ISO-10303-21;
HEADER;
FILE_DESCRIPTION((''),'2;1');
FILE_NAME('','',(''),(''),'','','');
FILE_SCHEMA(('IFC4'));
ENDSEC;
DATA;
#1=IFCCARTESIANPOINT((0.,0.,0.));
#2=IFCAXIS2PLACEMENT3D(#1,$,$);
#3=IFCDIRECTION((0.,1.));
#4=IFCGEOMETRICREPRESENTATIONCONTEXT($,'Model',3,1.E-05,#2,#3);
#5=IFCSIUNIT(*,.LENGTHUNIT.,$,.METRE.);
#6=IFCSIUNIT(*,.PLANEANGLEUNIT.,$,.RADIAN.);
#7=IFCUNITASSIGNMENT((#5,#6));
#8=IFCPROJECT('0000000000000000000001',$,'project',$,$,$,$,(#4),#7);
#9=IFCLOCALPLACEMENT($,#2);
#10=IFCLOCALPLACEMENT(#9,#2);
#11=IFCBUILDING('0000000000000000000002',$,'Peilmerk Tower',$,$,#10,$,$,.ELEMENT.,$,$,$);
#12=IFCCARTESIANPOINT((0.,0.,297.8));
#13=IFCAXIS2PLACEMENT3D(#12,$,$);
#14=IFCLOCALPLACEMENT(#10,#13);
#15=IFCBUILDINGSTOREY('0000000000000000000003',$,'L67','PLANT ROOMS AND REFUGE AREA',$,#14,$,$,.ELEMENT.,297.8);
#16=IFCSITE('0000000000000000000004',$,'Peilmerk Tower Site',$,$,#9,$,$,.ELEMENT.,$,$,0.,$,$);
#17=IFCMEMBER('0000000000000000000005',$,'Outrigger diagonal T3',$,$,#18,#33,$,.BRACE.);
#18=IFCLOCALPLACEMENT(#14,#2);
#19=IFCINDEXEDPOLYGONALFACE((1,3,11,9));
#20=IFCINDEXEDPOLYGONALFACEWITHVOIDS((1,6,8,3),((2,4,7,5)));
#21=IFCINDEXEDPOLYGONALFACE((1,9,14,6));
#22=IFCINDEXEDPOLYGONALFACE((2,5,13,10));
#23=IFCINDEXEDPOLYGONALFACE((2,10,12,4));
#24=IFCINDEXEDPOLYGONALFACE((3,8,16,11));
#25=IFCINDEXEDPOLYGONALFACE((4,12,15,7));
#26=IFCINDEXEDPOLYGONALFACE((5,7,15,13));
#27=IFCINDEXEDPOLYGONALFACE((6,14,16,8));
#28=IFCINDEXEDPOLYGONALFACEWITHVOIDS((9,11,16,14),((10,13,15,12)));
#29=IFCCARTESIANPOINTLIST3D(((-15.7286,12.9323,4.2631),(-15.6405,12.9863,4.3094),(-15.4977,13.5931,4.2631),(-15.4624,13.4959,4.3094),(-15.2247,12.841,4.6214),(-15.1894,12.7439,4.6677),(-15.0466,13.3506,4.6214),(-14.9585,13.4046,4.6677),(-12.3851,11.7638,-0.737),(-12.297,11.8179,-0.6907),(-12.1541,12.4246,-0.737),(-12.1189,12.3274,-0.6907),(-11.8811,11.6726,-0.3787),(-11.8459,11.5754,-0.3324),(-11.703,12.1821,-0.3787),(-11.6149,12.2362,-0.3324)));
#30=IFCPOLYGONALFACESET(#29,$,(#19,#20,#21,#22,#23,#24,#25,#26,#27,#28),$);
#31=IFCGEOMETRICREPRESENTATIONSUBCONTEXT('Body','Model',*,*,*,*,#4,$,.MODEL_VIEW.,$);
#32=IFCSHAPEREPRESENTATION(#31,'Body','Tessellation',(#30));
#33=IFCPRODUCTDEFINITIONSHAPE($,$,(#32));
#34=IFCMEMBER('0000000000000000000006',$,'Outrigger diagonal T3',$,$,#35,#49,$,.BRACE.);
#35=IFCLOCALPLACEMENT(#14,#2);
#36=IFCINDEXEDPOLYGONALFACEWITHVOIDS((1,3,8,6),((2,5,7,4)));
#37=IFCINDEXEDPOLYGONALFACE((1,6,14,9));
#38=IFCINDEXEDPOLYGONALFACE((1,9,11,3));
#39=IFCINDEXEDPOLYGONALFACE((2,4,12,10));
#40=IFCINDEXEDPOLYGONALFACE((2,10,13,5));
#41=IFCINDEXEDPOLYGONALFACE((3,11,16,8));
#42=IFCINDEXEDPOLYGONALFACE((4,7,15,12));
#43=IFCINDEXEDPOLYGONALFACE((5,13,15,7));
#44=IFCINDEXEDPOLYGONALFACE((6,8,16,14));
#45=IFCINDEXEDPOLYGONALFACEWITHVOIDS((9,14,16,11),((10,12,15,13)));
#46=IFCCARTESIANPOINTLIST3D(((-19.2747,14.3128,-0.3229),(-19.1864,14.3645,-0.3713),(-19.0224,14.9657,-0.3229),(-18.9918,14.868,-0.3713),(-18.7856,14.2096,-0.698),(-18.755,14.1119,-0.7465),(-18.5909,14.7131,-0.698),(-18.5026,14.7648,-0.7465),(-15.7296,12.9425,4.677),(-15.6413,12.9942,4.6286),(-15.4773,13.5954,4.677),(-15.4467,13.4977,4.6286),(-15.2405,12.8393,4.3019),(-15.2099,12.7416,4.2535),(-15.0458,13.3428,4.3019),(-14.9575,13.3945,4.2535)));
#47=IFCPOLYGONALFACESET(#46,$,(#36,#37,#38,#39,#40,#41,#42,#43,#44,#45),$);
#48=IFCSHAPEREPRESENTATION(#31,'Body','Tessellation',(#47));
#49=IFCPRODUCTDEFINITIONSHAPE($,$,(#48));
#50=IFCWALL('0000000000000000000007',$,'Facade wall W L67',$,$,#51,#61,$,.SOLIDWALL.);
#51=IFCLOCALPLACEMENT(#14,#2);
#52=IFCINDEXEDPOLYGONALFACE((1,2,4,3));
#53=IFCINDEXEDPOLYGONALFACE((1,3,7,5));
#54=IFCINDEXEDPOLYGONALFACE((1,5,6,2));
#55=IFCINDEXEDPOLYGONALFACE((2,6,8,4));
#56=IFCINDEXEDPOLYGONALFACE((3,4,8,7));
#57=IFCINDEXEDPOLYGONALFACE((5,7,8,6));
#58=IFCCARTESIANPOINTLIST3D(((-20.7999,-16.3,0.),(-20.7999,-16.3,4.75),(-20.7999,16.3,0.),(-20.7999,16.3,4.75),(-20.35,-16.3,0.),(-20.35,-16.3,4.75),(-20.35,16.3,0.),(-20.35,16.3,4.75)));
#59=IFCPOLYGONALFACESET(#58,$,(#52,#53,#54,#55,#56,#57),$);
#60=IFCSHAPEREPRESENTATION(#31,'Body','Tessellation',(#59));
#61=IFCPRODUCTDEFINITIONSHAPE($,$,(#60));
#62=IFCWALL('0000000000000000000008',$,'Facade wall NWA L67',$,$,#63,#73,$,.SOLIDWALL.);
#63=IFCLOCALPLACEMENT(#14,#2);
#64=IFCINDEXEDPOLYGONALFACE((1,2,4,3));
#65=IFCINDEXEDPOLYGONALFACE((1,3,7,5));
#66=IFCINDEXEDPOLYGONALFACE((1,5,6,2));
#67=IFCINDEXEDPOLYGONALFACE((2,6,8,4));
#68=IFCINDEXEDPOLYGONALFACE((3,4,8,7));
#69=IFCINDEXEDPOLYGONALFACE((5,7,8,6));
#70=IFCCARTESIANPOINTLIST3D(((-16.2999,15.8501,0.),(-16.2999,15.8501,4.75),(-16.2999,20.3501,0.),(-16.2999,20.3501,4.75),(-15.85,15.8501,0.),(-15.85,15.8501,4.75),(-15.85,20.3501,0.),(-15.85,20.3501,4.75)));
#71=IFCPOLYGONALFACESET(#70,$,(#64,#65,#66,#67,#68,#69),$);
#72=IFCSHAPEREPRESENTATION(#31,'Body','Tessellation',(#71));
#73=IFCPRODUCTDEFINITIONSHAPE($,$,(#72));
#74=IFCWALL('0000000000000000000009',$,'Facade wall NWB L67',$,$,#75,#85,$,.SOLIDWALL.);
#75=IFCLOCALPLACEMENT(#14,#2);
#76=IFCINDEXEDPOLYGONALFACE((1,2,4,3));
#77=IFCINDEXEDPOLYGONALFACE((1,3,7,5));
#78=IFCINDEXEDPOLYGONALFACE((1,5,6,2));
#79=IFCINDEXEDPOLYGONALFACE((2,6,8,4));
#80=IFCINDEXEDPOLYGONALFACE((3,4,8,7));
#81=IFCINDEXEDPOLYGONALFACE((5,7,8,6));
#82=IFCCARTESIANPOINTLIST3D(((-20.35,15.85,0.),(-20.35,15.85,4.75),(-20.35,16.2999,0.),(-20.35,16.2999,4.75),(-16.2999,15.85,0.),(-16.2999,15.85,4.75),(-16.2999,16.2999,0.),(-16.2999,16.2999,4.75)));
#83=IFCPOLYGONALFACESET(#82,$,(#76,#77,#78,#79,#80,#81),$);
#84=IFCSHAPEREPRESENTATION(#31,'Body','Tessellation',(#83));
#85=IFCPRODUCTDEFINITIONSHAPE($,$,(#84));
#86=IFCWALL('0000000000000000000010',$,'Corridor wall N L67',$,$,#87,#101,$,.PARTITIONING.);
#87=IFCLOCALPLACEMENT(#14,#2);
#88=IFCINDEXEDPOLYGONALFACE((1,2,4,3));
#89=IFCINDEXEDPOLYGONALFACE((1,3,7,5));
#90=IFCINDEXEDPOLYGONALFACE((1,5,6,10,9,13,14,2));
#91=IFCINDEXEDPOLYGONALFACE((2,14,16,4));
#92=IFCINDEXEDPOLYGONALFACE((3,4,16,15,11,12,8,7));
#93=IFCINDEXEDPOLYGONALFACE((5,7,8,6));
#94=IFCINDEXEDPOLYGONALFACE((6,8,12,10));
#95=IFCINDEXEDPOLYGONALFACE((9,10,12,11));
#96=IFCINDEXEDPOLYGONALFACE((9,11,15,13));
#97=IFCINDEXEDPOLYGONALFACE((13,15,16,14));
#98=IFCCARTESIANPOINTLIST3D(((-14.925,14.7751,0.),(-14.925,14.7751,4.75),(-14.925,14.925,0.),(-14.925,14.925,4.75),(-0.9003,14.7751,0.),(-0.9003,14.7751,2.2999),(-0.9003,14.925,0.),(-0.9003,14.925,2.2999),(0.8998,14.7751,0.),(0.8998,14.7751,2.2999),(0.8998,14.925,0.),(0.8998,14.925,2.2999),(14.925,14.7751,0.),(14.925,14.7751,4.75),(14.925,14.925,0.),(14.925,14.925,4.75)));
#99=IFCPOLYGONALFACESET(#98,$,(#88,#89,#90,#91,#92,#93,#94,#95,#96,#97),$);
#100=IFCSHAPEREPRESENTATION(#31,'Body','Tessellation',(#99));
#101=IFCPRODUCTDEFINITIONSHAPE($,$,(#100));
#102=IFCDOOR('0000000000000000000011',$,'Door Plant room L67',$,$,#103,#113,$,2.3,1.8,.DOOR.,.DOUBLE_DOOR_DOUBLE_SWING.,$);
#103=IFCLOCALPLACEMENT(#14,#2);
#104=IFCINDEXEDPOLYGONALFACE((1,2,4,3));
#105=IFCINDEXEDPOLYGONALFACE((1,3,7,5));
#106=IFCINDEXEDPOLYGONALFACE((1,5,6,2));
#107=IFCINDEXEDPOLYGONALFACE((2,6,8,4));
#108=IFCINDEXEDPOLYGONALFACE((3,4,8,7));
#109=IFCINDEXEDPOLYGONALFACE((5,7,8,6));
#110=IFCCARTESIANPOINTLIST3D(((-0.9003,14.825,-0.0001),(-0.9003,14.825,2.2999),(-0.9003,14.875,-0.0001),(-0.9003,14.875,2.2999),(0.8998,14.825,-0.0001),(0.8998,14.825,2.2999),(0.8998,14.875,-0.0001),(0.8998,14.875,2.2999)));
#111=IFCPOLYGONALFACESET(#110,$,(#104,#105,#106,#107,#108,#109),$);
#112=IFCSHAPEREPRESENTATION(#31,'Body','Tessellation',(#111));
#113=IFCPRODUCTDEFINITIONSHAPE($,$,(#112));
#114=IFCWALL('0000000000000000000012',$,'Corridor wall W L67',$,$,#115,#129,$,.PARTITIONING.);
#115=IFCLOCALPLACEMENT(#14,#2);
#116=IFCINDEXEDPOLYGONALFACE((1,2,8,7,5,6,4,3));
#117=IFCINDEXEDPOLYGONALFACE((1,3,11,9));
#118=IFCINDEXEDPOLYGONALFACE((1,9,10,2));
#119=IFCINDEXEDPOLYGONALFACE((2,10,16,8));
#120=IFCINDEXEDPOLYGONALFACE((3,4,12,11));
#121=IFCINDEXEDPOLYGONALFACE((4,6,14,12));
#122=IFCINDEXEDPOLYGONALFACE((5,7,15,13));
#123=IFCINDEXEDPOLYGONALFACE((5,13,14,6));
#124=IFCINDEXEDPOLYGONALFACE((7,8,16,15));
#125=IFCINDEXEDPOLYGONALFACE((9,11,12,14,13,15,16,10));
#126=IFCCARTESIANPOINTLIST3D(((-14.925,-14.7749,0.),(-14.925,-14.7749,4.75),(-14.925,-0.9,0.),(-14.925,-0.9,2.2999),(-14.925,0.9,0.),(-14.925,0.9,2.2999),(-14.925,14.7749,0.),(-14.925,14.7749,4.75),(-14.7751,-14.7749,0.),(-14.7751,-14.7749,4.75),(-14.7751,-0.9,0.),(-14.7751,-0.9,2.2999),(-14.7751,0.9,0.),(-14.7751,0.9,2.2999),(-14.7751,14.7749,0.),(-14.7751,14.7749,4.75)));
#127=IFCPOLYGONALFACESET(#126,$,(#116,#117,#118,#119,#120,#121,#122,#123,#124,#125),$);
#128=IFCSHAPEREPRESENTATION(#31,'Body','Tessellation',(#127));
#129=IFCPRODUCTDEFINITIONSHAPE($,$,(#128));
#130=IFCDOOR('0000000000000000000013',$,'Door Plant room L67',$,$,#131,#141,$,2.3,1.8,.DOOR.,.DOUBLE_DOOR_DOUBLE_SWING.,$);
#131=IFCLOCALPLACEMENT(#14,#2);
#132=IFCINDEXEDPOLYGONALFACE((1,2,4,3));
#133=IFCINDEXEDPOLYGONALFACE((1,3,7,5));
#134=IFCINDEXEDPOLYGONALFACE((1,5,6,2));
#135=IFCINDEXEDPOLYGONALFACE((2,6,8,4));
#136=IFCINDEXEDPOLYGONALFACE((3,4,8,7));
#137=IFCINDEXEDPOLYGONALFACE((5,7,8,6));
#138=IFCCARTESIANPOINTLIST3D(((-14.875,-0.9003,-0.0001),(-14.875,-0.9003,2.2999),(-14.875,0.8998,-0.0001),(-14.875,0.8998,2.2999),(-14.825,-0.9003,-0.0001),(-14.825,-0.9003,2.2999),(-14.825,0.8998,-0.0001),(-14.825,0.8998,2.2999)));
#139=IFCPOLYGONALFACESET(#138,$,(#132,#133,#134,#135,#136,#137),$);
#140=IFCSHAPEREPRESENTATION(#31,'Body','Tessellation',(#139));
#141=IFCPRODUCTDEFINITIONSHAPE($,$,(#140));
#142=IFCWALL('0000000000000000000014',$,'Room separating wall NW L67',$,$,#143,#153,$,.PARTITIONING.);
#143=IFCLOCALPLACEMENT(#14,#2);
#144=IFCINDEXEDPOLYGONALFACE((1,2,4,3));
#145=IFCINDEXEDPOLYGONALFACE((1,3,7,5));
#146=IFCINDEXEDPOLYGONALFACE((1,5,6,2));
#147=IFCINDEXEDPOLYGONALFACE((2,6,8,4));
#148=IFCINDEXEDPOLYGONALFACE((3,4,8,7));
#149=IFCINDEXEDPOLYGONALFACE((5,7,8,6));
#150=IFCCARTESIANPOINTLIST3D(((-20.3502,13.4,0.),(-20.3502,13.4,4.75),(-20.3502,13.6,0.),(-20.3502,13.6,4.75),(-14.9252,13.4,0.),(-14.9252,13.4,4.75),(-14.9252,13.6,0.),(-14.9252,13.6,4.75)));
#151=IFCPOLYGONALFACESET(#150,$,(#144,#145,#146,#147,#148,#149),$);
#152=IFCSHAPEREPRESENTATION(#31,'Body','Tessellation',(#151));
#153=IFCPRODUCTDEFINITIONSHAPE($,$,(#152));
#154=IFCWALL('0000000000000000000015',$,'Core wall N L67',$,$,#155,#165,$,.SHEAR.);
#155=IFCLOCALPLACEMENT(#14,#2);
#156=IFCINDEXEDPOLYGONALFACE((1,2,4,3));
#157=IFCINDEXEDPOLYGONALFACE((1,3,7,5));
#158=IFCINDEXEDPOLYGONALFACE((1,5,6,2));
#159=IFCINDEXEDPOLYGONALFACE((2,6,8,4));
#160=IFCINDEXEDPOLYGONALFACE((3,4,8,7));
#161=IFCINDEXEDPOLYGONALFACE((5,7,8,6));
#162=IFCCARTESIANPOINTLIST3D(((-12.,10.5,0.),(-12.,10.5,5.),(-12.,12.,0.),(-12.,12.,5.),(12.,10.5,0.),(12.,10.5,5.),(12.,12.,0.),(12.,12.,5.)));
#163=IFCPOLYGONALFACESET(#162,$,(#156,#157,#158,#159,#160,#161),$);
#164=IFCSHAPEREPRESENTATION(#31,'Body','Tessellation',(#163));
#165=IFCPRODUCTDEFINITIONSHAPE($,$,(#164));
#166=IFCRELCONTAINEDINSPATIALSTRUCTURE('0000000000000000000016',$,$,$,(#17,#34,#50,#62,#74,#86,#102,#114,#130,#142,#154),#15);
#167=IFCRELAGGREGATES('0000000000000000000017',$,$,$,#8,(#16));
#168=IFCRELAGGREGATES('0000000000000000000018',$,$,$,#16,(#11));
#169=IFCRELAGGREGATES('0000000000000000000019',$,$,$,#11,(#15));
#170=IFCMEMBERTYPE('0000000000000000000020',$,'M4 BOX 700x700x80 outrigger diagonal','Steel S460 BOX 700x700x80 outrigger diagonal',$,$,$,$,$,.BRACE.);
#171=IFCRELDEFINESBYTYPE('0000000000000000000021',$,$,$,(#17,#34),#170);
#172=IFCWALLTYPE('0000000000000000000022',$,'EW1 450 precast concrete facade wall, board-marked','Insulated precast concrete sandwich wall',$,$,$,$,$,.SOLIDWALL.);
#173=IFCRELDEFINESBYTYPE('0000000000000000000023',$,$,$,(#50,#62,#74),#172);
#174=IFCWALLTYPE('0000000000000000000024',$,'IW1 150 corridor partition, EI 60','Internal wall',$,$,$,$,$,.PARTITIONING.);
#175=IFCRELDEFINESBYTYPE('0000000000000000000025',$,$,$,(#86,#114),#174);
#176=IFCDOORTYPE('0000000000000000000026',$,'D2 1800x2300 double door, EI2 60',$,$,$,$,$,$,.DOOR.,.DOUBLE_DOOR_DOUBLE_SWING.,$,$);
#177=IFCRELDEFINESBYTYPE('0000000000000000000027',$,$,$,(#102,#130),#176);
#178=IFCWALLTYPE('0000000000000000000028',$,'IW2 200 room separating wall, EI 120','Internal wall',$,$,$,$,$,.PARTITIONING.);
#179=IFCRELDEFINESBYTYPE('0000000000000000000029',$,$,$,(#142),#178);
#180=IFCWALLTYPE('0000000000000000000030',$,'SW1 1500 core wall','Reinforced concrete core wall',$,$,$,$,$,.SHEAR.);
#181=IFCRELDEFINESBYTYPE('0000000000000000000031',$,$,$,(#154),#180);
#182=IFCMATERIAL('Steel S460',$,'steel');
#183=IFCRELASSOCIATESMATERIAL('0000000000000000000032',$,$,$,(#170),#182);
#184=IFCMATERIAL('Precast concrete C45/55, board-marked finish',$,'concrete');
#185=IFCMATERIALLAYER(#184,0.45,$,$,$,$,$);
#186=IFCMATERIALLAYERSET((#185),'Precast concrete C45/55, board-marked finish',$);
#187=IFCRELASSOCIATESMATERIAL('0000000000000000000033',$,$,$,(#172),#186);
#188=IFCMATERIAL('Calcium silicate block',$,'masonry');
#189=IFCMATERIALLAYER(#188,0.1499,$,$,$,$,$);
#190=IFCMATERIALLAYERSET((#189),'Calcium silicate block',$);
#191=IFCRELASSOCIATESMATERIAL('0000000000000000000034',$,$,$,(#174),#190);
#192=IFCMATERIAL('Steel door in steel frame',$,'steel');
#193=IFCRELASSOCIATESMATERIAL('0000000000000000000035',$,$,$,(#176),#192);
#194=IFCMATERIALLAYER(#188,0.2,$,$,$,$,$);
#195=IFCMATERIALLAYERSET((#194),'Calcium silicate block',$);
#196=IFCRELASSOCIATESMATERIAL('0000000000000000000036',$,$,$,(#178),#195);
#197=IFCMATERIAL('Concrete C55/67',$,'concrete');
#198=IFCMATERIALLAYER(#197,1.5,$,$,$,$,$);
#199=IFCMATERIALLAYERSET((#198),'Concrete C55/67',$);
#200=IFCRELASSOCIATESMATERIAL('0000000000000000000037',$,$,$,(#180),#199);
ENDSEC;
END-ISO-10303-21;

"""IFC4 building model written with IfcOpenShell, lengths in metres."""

from ifc_helpers import new_model, si_unit, direction, frame, frame_2d, origin, origin_2d, place, context, subcontext, project, spatial, rectangle, hollow_rectangle, extrude, material, layer, layer_set, material_profile, profile_set, type_object, element, fill, save


model = new_model("IFC4")

# Units and contexts
model_context = context("Model", 3, precision=1e-05, world=origin(), true_north=direction((0.0, 1.0)))
body_context = subcontext(model_context, "Body", "Model", "MODEL_VIEW")
ifc_project = project(units=[si_unit("LENGTHUNIT", "METRE"), si_unit("PLANEANGLEUNIT", "RADIAN")], contexts=[model_context])

# Site, building, storey
site_placement = place(None, origin())
site = spatial("IfcSite", under=ifc_project, at=site_placement, Name="Peilmerk Tower Site", CompositionType="ELEMENT", RefElevation=0.0)
building_placement = place(site_placement, origin())
building = spatial("IfcBuilding", under=site, at=building_placement, Name="Peilmerk Tower", CompositionType="ELEMENT")
storey_placement = place(building_placement, frame((0.0, 0.0, 297.8)))
storey = spatial("IfcBuildingStorey", under=building, at=storey_placement, Name="L67", Description="PLANT ROOMS AND REFUGE AREA", CompositionType="ELEMENT", Elevation=297.8)

# Shared definitions
ifc_material_1 = material(Name="Steel S460", Category="steel")

# Members
ifc_material_profile_1 = material_profile(ifc_material_1, hollow_rectangle(XDim=0.7, YDim=0.7, WallThickness=0.0801, at=origin_2d()), Name="BOX 700x700x80")
ifc_profile_set_1 = profile_set([ifc_material_profile_1], Name="Steel S460")
member_type_1 = type_object("IfcMemberType", Name="M4 BOX 700x700x80 outrigger diagonal", Description="Steel S460 BOX 700x700x80 outrigger diagonal", PredefinedType="BRACE", material=ifc_profile_set_1)
member_1_placement = place(storey_placement, frame((-12.0, 12.0, -0.5347), z_axis=(-0.54567, 0.190696, 0.816014), x_axis=(-0.329905, -0.944014, 0.0)))
element("IfcMember", 1, at=member_1_placement, inside=storey, type_object=member_type_1, Name="Outrigger diagonal T3", PredefinedType="BRACE", context=body_context, shape_type="SweptSolid", body=[
    extrude(hollow_rectangle(XDim=0.7, YDim=0.7, WallThickness=0.0801, at=origin_2d()), origin(), (0.0, 0.0, 1.0), 6.1274),
])
member_2_placement = place(storey_placement, frame((-18.8887, 14.5388, -0.5347), z_axis=(0.564462, -0.218189, 0.796101), x_axis=(0.360545, 0.932742, 0.0)))
element("IfcMember", 2, at=member_2_placement, inside=storey, type_object=member_type_1, Name="Outrigger diagonal T3", PredefinedType="BRACE", context=body_context, shape_type="SweptSolid", body=[
    extrude(hollow_rectangle(XDim=0.7, YDim=0.7, WallThickness=0.0801, at=origin_2d()), origin(), (0.0, 0.0, 1.0), 6.2805),
])

# Walls
ifc_material_2 = material(Name="Precast concrete C45/55, board-marked finish", Category="concrete")
ifc_layer_1 = layer(ifc_material_2, 0.45)
ifc_layer_set_1 = layer_set([ifc_layer_1], Name="Precast concrete C45/55, board-marked finish")
wall_type_1 = type_object("IfcWallType", Name="EW1 450 precast concrete facade wall, board-marked", Description="Insulated precast concrete sandwich wall", PredefinedType="SOLIDWALL", material=ifc_layer_set_1)
wall_1_placement = place(storey_placement, frame((-20.575, 16.3, 0.0), z_axis=(0.0, 0.0, 1.0), x_axis=(0.0, -1.0, 0.0)))
element("IfcWall", 3, at=wall_1_placement, inside=storey, type_object=wall_type_1, Name="Facade wall W L67", PredefinedType="SOLIDWALL", context=body_context, shape_type="SweptSolid", body=[
    extrude(rectangle(XDim=32.6001, YDim=0.45, at=frame_2d((16.3, 0.0))), origin(), (0.0, 0.0, 1.0), 4.75),
])
wall_2_placement = place(storey_placement, frame((-16.075, 15.8501, 0.0), z_axis=(0.0, 0.0, 1.0), x_axis=(0.0, 1.0, 0.0)))
element("IfcWall", 4, at=wall_2_placement, inside=storey, type_object=wall_type_1, Name="Facade wall NWA L67", PredefinedType="SOLIDWALL", context=body_context, shape_type="SweptSolid", body=[
    extrude(rectangle(XDim=4.5, YDim=0.45, at=frame_2d((2.25, 0.0))), origin(), (0.0, 0.0, 1.0), 4.75),
])
wall_3_placement = place(storey_placement, frame((-16.3, 16.075, 0.0), z_axis=(0.0, 0.0, 1.0), x_axis=(-1.0, 0.0, 0.0)))
element("IfcWall", 5, at=wall_3_placement, inside=storey, type_object=wall_type_1, Name="Facade wall NWB L67", PredefinedType="SOLIDWALL", context=body_context, shape_type="SweptSolid", body=[
    extrude(rectangle(XDim=4.05, YDim=0.45, at=frame_2d((2.0249, 0.0))), origin(), (0.0, 0.0, 1.0), 4.75),
])

# Walls, openings, doors
ifc_material_3 = material(Name="Calcium silicate block", Category="masonry")
ifc_layer_2 = layer(ifc_material_3, 0.1499)
ifc_layer_set_2 = layer_set([ifc_layer_2], Name="Calcium silicate block")
wall_type_2 = type_object("IfcWallType", Name="IW1 150 corridor partition, EI 60", Description="Internal wall", PredefinedType="PARTITIONING", material=ifc_layer_set_2)
wall_4_placement = place(storey_placement, frame((-14.925, 14.8501, 0.0), z_axis=(0.0, 0.0, 1.0), x_axis=(1.0, 0.0, 0.0)))
wall_4 = element("IfcWall", 6, at=wall_4_placement, inside=storey, type_object=wall_type_2, Name="Corridor wall N L67", PredefinedType="PARTITIONING", context=body_context, shape_type="SweptSolid", body=[
    extrude(rectangle(XDim=29.8501, YDim=0.1499, at=frame_2d((14.925, 0.0))), origin(), (0.0, 0.0, 1.0), 4.75),
])
opening_1_placement = place(wall_4_placement, frame((14.0249, 0.0, 0.0)))
opening_1 = element("IfcOpeningElement", 7, at=opening_1_placement, cuts=wall_4, PredefinedType="OPENING", context=body_context, shape_type="SweptSolid", body=[
    extrude(rectangle(XDim=1.8, YDim=2.3, at=frame_2d((0.8999, 1.1499))), frame((0.0, 0.085, 0.0), z_axis=(0.0, -1.0, 0.0), x_axis=(1.0, 0.0, 0.0)), (0.0, 0.0, 1.0), 0.1699),
])
ifc_material_4 = material(Name="Steel door in steel frame", Category="steel")
door_type = type_object("IfcDoorType", Name="D2 1800x2300 double door, EI2 60", OperationType="DOUBLE_DOOR_DOUBLE_SWING", PredefinedType="DOOR", material=ifc_material_4)
door_1_placement = place(opening_1_placement, origin())
door_1 = element("IfcDoor", 8, at=door_1_placement, inside=storey, type_object=door_type, Name="Door Plant room L67", OperationType="DOUBLE_DOOR_DOUBLE_SWING", OverallHeight=2.3, OverallWidth=1.8, PredefinedType="DOOR", context=body_context, shape_type="SweptSolid", body=[
    extrude(rectangle(XDim=1.8, YDim=2.3, at=frame_2d((0.8999, 1.1499))), frame((0.0, 0.0249, 0.0), z_axis=(0.0, -1.0, 0.0), x_axis=(1.0, 0.0, 0.0)), (0.0, 0.0, 1.0), 0.05),
])
fill(opening_1, door_1)
wall_5_placement = place(storey_placement, frame((-14.8501, 14.7749, 0.0), z_axis=(0.0, 0.0, 1.0), x_axis=(0.0, -1.0, 0.0)))
wall_5 = element("IfcWall", 9, at=wall_5_placement, inside=storey, type_object=wall_type_2, Name="Corridor wall W L67", PredefinedType="PARTITIONING", context=body_context, shape_type="SweptSolid", body=[
    extrude(rectangle(XDim=29.5498, YDim=0.1499, at=frame_2d((14.7749, 0.0))), origin(), (0.0, 0.0, 1.0), 4.75),
])
opening_2_placement = place(wall_5_placement, frame((13.875, 0.0, 0.0)))
opening_2 = element("IfcOpeningElement", 10, at=opening_2_placement, cuts=wall_5, PredefinedType="OPENING", context=body_context, shape_type="SweptSolid", body=[
    extrude(rectangle(XDim=1.8, YDim=2.3, at=frame_2d((0.8999, 1.1499))), frame((0.0, 0.085, 0.0), z_axis=(0.0, -1.0, 0.0), x_axis=(1.0, 0.0, 0.0)), (0.0, 0.0, 1.0), 0.1699),
])
door_2_placement = place(opening_2_placement, frame((1.8, 0.0, 0.0), z_axis=(0.0, 0.0, 1.0), x_axis=(-1.0, 0.0, 0.0)))
door_2 = element("IfcDoor", 11, at=door_2_placement, inside=storey, type_object=door_type, Name="Door Plant room L67", OperationType="DOUBLE_DOOR_DOUBLE_SWING", OverallHeight=2.3, OverallWidth=1.8, PredefinedType="DOOR", context=body_context, shape_type="SweptSolid", body=[
    extrude(rectangle(XDim=1.8, YDim=2.3, at=frame_2d((0.8999, 1.1499))), frame((0.0, 0.0249, 0.0), z_axis=(0.0, -1.0, 0.0), x_axis=(1.0, 0.0, 0.0)), (0.0, 0.0, 1.0), 0.05),
])
fill(opening_2, door_2)

# Walls
ifc_layer_3 = layer(ifc_material_3, 0.2)
ifc_layer_set_3 = layer_set([ifc_layer_3], Name="Calcium silicate block")
wall_type_3 = type_object("IfcWallType", Name="IW2 200 room separating wall, EI 120", Description="Internal wall", PredefinedType="PARTITIONING", material=ifc_layer_set_3)
wall_6_placement = place(storey_placement, frame((-20.3501, 13.5, 0.0), z_axis=(0.0, 0.0, 1.0), x_axis=(1.0, 0.0, 0.0)))
element("IfcWall", 12, at=wall_6_placement, inside=storey, type_object=wall_type_3, Name="Room separating wall NW L67", PredefinedType="PARTITIONING", context=body_context, shape_type="SweptSolid", body=[
    extrude(rectangle(XDim=5.425, YDim=0.2, at=frame_2d((2.7124, 0.0))), origin(), (0.0, 0.0, 1.0), 4.75),
])
ifc_material_5 = material(Name="Concrete C55/67", Category="concrete")
ifc_layer_4 = layer(ifc_material_5, 1.5)
ifc_layer_set_4 = layer_set([ifc_layer_4], Name="Concrete C55/67")
wall_type_4 = type_object("IfcWallType", Name="SW1 1500 core wall", Description="Reinforced concrete core wall", PredefinedType="SHEAR", material=ifc_layer_set_4)
wall_7_placement = place(storey_placement, frame((-12.0, 11.25, 0.0), z_axis=(0.0, 0.0, 1.0), x_axis=(1.0, 0.0, 0.0)))
element("IfcWall", 13, at=wall_7_placement, inside=storey, type_object=wall_type_4, Name="Core wall N L67", PredefinedType="SHEAR", context=body_context, shape_type="SweptSolid", body=[
    extrude(rectangle(XDim=24.0, YDim=1.5, at=frame_2d((12.0, 0.0))), origin(), (0.0, 0.0, 1.0), 5.0),
])

save(model, "model.ifc")
